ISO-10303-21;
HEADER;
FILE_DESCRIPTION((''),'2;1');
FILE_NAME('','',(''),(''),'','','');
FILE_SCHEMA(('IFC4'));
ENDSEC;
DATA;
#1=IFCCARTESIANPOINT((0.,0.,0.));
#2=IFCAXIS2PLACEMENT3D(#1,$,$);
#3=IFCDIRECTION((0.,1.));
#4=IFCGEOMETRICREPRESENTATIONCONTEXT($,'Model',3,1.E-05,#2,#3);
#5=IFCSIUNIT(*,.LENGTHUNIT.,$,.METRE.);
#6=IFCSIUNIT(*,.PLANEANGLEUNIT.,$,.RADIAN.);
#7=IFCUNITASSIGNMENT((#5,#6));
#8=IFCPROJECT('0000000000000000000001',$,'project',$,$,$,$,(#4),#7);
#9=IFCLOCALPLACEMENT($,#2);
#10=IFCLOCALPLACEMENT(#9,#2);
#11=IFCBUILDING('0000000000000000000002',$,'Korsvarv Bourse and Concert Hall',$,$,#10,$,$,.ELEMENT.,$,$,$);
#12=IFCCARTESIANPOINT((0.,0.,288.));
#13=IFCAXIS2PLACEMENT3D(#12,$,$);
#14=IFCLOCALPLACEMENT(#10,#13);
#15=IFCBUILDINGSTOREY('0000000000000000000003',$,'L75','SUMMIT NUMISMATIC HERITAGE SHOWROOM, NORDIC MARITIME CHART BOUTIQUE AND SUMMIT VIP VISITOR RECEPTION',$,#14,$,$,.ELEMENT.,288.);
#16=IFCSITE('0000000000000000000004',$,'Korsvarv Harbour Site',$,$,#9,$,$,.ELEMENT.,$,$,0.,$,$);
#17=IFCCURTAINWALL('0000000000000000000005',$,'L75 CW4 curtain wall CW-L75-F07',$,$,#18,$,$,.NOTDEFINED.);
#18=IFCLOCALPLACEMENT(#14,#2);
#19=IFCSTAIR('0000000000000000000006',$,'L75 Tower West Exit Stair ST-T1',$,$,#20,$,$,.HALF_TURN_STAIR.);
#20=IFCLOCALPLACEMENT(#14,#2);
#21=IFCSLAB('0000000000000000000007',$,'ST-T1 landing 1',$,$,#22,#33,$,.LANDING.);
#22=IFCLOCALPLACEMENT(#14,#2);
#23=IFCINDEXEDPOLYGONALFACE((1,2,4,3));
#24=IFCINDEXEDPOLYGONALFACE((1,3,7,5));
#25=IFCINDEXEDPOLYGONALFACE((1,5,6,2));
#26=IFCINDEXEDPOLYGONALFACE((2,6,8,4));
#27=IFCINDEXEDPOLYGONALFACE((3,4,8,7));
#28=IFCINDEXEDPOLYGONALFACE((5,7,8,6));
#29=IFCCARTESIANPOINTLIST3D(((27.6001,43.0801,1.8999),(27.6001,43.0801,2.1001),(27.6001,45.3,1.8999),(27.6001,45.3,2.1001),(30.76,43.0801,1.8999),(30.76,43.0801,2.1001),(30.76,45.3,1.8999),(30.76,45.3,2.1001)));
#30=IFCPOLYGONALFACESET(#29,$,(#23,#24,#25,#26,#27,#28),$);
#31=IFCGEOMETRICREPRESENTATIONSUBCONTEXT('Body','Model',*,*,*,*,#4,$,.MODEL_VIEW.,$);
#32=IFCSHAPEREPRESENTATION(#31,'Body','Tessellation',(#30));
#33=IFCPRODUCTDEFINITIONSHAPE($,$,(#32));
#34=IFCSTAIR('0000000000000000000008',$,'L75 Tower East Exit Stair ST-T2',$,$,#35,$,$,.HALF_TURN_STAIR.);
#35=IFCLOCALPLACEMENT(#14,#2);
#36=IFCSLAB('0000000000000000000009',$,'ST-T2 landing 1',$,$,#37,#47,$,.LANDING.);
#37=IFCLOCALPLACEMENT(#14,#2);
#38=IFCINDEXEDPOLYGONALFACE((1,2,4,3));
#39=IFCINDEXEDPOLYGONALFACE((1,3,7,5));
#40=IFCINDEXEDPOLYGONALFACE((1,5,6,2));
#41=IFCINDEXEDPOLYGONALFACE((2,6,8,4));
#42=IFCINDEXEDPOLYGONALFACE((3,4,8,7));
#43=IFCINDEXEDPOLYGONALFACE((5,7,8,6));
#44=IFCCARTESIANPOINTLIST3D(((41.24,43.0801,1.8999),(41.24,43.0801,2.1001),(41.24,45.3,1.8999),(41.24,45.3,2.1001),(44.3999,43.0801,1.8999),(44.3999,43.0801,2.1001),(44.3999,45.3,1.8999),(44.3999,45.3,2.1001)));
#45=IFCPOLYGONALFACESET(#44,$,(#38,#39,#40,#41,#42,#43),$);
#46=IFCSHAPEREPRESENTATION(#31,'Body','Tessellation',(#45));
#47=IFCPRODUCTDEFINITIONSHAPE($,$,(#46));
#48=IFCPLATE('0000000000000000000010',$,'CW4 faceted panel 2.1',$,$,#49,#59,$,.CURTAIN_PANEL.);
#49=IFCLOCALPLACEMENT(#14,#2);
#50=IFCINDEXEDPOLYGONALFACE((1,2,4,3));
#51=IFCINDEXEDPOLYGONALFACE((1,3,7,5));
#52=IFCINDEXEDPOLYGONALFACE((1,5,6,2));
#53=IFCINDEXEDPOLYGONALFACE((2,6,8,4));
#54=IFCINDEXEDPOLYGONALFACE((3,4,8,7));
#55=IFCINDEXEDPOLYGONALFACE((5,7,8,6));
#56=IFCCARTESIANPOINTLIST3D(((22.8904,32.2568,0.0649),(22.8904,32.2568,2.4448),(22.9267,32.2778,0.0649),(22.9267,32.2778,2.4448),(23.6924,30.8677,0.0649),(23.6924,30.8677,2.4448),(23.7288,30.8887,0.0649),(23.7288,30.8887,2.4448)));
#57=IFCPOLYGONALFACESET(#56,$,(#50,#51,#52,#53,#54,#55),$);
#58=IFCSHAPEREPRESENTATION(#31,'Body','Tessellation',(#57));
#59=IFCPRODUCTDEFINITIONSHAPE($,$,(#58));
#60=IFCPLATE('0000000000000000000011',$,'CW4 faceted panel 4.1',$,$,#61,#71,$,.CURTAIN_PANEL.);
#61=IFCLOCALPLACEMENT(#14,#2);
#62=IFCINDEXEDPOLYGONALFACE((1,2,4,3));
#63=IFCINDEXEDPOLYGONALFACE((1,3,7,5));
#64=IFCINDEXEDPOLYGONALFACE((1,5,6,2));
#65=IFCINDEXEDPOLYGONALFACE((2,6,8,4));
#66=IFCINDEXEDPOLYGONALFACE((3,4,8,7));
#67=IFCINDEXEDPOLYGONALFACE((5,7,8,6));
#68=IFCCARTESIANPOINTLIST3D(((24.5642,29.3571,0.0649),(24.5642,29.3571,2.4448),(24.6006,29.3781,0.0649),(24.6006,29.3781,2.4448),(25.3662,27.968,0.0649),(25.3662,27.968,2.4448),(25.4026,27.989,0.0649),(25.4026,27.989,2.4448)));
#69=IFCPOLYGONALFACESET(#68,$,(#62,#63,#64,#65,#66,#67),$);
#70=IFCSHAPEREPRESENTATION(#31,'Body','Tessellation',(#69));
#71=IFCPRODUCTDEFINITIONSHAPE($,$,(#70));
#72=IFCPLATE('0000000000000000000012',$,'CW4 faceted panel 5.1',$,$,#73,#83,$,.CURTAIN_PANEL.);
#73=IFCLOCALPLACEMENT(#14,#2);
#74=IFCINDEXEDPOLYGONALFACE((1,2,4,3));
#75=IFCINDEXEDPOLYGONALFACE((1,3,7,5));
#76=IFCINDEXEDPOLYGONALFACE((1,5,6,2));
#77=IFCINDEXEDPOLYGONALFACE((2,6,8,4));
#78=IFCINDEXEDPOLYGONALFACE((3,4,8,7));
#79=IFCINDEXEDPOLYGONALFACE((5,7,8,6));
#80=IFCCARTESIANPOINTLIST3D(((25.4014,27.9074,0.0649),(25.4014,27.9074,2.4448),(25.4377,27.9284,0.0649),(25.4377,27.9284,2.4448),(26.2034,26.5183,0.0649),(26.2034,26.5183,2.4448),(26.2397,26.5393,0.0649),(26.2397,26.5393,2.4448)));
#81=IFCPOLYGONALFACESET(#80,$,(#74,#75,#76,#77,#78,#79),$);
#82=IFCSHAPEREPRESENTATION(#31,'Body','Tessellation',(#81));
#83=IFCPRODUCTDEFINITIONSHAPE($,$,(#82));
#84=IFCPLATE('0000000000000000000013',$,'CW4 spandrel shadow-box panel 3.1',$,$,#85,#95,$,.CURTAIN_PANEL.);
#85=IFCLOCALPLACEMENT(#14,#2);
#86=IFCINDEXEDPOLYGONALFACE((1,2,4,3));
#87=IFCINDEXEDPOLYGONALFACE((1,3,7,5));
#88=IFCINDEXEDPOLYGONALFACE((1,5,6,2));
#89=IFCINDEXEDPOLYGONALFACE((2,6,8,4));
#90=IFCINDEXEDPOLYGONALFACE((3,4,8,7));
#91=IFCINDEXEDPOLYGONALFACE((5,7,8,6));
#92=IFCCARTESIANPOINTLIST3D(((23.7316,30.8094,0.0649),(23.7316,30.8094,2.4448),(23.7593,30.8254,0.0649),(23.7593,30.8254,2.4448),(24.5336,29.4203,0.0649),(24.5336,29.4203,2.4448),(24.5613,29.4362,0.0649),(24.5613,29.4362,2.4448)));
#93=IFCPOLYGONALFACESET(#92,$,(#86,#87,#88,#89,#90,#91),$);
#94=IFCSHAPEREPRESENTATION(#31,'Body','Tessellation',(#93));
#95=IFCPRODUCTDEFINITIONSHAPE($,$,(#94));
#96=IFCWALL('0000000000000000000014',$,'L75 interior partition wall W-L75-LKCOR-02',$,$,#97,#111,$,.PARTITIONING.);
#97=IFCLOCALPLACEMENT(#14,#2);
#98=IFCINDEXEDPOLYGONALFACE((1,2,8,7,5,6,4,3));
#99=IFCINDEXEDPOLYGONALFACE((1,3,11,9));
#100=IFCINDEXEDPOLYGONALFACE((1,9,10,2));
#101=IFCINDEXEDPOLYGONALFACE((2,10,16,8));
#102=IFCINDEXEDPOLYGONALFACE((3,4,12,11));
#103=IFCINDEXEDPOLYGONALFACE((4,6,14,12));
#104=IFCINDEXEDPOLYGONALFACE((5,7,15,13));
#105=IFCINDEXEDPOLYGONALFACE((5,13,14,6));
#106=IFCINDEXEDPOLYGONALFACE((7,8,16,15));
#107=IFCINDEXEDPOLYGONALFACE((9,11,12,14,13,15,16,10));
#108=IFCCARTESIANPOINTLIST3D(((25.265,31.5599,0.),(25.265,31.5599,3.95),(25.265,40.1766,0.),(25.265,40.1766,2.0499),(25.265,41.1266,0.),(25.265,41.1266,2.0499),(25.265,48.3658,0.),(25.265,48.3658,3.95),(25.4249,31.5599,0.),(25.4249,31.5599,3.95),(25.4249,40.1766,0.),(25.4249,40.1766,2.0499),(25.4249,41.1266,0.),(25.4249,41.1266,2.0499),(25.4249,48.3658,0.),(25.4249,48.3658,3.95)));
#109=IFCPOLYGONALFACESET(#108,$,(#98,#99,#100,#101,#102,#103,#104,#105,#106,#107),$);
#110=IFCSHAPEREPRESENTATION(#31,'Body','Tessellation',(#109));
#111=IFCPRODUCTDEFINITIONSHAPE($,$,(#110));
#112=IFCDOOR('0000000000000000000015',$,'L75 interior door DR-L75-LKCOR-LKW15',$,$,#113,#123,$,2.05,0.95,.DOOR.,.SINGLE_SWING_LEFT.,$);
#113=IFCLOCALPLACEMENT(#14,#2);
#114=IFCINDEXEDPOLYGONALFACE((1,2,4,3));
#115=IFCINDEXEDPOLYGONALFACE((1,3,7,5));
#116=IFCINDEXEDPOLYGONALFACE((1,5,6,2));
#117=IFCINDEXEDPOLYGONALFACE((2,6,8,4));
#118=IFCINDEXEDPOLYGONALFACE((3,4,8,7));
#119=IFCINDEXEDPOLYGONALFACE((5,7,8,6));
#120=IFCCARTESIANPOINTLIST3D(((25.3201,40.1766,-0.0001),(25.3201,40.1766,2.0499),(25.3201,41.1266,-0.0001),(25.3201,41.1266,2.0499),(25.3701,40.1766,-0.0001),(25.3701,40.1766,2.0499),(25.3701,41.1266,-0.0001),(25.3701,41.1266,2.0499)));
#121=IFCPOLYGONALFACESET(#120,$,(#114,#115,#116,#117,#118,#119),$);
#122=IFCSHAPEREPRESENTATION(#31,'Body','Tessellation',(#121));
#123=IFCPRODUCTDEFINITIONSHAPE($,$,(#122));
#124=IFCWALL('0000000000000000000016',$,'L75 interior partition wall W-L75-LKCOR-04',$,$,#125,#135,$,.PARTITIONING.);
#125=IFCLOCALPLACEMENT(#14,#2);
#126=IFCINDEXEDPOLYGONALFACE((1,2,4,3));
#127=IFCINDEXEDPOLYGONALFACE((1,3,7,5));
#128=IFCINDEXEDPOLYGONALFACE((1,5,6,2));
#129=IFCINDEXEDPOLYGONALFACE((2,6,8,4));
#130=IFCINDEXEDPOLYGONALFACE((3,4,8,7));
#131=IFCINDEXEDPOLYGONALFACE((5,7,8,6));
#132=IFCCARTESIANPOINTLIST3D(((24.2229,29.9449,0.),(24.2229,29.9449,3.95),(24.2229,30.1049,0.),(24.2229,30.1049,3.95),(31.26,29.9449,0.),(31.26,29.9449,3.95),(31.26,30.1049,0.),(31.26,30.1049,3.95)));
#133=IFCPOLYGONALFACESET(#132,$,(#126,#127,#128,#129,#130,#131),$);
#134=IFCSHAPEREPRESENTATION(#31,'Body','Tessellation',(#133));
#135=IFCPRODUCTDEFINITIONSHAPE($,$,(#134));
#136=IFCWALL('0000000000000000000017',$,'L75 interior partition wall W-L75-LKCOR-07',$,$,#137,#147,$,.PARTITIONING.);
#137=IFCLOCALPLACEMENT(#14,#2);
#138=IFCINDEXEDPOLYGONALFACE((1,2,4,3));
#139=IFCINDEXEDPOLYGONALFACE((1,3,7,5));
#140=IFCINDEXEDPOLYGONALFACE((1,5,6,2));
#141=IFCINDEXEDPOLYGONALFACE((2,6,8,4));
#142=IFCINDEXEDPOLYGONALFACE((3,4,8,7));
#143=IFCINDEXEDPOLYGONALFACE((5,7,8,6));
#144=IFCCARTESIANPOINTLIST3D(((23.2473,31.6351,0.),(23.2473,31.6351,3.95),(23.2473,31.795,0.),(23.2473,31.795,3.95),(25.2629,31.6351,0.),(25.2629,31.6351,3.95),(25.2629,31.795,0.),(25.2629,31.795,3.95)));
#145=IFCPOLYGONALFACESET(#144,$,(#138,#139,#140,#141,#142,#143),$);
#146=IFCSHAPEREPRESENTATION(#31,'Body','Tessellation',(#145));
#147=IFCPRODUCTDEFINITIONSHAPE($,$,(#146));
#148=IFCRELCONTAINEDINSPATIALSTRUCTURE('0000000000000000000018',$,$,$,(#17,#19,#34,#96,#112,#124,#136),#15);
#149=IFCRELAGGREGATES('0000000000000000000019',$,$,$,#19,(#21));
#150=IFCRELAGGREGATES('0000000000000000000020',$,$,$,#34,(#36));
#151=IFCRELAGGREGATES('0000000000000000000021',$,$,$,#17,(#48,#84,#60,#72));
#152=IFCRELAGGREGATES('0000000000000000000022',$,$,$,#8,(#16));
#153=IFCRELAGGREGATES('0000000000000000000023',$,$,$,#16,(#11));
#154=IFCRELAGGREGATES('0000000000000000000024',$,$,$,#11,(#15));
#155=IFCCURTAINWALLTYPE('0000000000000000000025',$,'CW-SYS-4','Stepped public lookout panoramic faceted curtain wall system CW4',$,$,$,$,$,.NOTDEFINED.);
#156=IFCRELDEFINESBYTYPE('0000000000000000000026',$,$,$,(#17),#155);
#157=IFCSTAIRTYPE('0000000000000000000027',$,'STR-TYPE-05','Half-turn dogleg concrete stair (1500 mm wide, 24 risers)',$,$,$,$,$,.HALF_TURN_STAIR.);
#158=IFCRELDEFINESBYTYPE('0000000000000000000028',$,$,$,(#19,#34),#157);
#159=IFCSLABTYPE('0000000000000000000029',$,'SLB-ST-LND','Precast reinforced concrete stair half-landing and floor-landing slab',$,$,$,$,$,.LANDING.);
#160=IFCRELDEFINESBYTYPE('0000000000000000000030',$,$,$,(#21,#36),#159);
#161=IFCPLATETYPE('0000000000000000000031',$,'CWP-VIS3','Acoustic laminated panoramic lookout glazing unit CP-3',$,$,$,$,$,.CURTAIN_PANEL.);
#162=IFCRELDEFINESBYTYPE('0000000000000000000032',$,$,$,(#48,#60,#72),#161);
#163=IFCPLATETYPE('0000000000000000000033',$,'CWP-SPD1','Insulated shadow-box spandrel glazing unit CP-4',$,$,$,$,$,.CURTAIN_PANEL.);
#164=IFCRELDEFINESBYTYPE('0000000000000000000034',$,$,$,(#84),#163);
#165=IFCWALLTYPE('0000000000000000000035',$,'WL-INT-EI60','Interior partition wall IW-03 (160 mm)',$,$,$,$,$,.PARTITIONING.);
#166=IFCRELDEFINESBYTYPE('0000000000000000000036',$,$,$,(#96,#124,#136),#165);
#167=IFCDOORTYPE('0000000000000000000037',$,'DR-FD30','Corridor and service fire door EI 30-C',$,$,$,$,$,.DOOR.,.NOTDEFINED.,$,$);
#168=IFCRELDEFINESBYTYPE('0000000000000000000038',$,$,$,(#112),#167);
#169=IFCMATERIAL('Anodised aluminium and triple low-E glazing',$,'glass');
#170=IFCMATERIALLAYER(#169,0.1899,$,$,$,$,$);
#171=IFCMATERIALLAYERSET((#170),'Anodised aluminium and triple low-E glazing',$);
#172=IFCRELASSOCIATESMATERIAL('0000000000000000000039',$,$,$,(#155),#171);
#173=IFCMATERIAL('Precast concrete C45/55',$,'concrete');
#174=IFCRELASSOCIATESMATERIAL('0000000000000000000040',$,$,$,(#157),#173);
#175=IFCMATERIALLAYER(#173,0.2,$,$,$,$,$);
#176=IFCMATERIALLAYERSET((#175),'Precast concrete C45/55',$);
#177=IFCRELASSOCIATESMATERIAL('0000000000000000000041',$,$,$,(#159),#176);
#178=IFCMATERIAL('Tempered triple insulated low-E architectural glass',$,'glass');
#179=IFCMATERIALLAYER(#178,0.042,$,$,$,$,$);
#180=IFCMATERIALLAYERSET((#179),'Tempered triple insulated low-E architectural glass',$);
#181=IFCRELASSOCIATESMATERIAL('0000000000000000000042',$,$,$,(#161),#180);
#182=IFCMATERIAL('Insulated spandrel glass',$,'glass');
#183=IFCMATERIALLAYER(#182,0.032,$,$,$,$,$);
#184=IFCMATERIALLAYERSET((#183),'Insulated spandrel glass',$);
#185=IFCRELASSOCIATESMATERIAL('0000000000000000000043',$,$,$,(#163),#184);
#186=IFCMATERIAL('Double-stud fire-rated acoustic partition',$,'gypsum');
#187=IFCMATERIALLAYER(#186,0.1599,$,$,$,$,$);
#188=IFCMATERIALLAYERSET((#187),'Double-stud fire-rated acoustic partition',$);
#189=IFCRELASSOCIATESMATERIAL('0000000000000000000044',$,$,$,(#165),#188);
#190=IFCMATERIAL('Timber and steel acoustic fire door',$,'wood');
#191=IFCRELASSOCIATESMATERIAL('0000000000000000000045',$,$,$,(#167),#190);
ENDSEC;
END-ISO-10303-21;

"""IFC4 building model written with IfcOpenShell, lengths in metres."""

from ifc_helpers import new_model, si_unit, direction, frame, frame_2d, origin, origin_2d, place, context, subcontext, project, spatial, polyline, rectangle, outline, extrude, source, transform, mapped, material, layer, layer_set, type_object, element, fill, aggregate, save


model = new_model("IFC4")

# Units and contexts
model_context = context("Model", 3, precision=1e-05, world=origin(), true_north=direction((0.0, 1.0)))
body_context = subcontext(model_context, "Body", "Model", "MODEL_VIEW")
ifc_project = project(units=[si_unit("LENGTHUNIT", "METRE"), si_unit("PLANEANGLEUNIT", "RADIAN")], contexts=[model_context])

# Site, building, storey
site_placement = place(None, origin())
site = spatial("IfcSite", under=ifc_project, at=site_placement, Name="Korsvarv Harbour Site", CompositionType="ELEMENT", RefElevation=0.0)
building_placement = place(site_placement, origin())
building = spatial("IfcBuilding", under=site, at=building_placement, Name="Korsvarv Bourse and Concert Hall", CompositionType="ELEMENT")
storey_placement = place(building_placement, frame((0.0, 0.0, 288.0)))
storey = spatial("IfcBuildingStorey", under=building, at=storey_placement, Name="L75", Description="SUMMIT NUMISMATIC HERITAGE SHOWROOM, NORDIC MARITIME CHART BOUTIQUE AND SUMMIT VIP VISITOR RECEPTION", CompositionType="ELEMENT", Elevation=288.0)

# Curtain wall
ifc_material_1 = material(Name="Anodised aluminium and triple low-E glazing", Category="glass")
ifc_layer_1 = layer(ifc_material_1, 0.1899)
ifc_layer_set_1 = layer_set([ifc_layer_1], Name="Anodised aluminium and triple low-E glazing")
curtain_wall_type = type_object("IfcCurtainWallType", Name="CW-SYS-4", Description="Stepped public lookout panoramic faceted curtain wall system CW4", PredefinedType="NOTDEFINED", material=ifc_layer_set_1)
curtain_wall_placement = place(storey_placement, origin())
curtain_wall = element("IfcCurtainWall", 1, at=curtain_wall_placement, inside=storey, type_object=curtain_wall_type, Name="L75 CW4 curtain wall CW-L75-F07", PredefinedType="NOTDEFINED")

# Shared definitions
ifc_material_2 = material(Name="Precast concrete C45/55", Category="concrete")

# Stairs, slabs
stair_type = type_object("IfcStairType", Name="STR-TYPE-05", Description="Half-turn dogleg concrete stair (1500 mm wide, 24 risers)", PredefinedType="HALF_TURN_STAIR", material=ifc_material_2)
stair_1_placement = place(storey_placement, origin())
stair_1 = element("IfcStair", 2, at=stair_1_placement, inside=storey, type_object=stair_type, Name="L75 Tower West Exit Stair ST-T1", PredefinedType="HALF_TURN_STAIR")
ifc_layer_2 = layer(ifc_material_2, 0.2)
ifc_layer_set_2 = layer_set([ifc_layer_2], Name="Precast concrete C45/55")
slab_type_1 = type_object("IfcSlabType", Name="SLB-ST-LND", Description="Precast reinforced concrete stair half-landing and floor-landing slab", PredefinedType="LANDING", material=ifc_layer_set_2)
slab_1_placement = place(storey_placement, frame((0.0, 0.0, 1.8999)))
slab_1 = element("IfcSlab", 3, at=slab_1_placement, type_object=slab_type_1, Name="ST-T1 landing 1", PredefinedType="LANDING", context=body_context, shape_type="SweptSolid", body=[
    extrude(outline(polyline([(30.76, 43.0801), (30.76, 45.3), (27.6001, 45.3), (27.6001, 43.0801), (30.76, 43.0801)])), origin(), (0.0, 0.0, 1.0), 0.2002),
])
aggregate(stair_1, [slab_1])
stair_2_placement = place(storey_placement, origin())
stair_2 = element("IfcStair", 4, at=stair_2_placement, inside=storey, type_object=stair_type, Name="L75 Tower East Exit Stair ST-T2", PredefinedType="HALF_TURN_STAIR")
slab_2_placement = place(storey_placement, frame((0.0, 0.0, 1.8999)))
slab_2 = element("IfcSlab", 5, at=slab_2_placement, type_object=slab_type_1, Name="ST-T2 landing 1", PredefinedType="LANDING", context=body_context, shape_type="SweptSolid", body=[
    extrude(outline(polyline([(44.3999, 43.0801), (44.3999, 45.3), (41.24, 45.3), (41.24, 43.0801), (44.3999, 43.0801)])), origin(), (0.0, 0.0, 1.0), 0.2002),
])
aggregate(stair_2, [slab_2])

# Plates
ifc_material_3 = material(Name="Tempered triple insulated low-E architectural glass", Category="glass")
ifc_layer_3 = layer(ifc_material_3, 0.042)
ifc_layer_set_3 = layer_set([ifc_layer_3], Name="Tempered triple insulated low-E architectural glass")
plate_type_1 = type_object("IfcPlateType", Name="CWP-VIS3", Description="Acoustic laminated panoramic lookout glazing unit CP-3", PredefinedType="CURTAIN_PANEL", material=ifc_layer_set_3)
shared_shape_1 = source(origin(), body_context, "Body", "SweptSolid", [
    extrude(rectangle(XDim=1.604, YDim=0.042, at=origin_2d()), origin(), (0.0, 0.0, 1.0), 2.3799),
])
plate_1_placement = place(storey_placement, frame((23.3096, 31.5728, 0.0649), z_axis=(0.0, 0.0, 1.0), x_axis=(0.500005, -0.866023, 0.0)))
plate_1 = element("IfcPlate", 6, at=plate_1_placement, type_object=plate_type_1, Name="CW4 faceted panel 2.1", PredefinedType="CURTAIN_PANEL", context=body_context, shape_type="MappedRepresentation", body=[
    mapped(shared_shape_1, transform((0.0, 0.0, 0.0), scale=1.0)),
])
plate_2_placement = place(storey_placement, frame((24.9834, 28.6731, 0.0649), z_axis=(0.0, 0.0, 1.0), x_axis=(0.500005, -0.866023, 0.0)))
plate_2 = element("IfcPlate", 7, at=plate_2_placement, type_object=plate_type_1, Name="CW4 faceted panel 4.1", PredefinedType="CURTAIN_PANEL", context=body_context, shape_type="MappedRepresentation", body=[
    mapped(shared_shape_1, transform((0.0, 0.0, 0.0), scale=1.0)),
])
plate_3_placement = place(storey_placement, frame((25.8206, 27.2234, 0.0649), z_axis=(0.0, 0.0, 1.0), x_axis=(0.500005, -0.866023, 0.0)))
plate_3 = element("IfcPlate", 8, at=plate_3_placement, type_object=plate_type_1, Name="CW4 faceted panel 5.1", PredefinedType="CURTAIN_PANEL", context=body_context, shape_type="MappedRepresentation", body=[
    mapped(shared_shape_1, transform((0.0, 0.0, 0.0), scale=1.0)),
])
ifc_material_4 = material(Name="Insulated spandrel glass", Category="glass")
ifc_layer_4 = layer(ifc_material_4, 0.032)
ifc_layer_set_4 = layer_set([ifc_layer_4], Name="Insulated spandrel glass")
plate_type_2 = type_object("IfcPlateType", Name="CWP-SPD1", Description="Insulated shadow-box spandrel glazing unit CP-4", PredefinedType="CURTAIN_PANEL", material=ifc_layer_set_4)
shared_shape_2 = source(origin(), body_context, "Body", "SweptSolid", [
    extrude(rectangle(XDim=1.604, YDim=0.032, at=origin_2d()), origin(), (0.0, 0.0, 1.0), 2.3799),
])
plate_4_placement = place(storey_placement, frame((24.1465, 30.1228, 0.0649), z_axis=(0.0, 0.0, 1.0), x_axis=(0.500005, -0.866023, 0.0)))
plate_4 = element("IfcPlate", 9, at=plate_4_placement, type_object=plate_type_2, Name="CW4 spandrel shadow-box panel 3.1", PredefinedType="CURTAIN_PANEL", context=body_context, shape_type="MappedRepresentation", body=[
    mapped(shared_shape_2, transform((0.0, 0.0, 0.0), scale=1.0)),
])
aggregate(curtain_wall, [plate_1, plate_4, plate_2, plate_3])

# Wall, opening, door
ifc_material_5 = material(Name="Double-stud fire-rated acoustic partition", Category="gypsum")
ifc_layer_5 = layer(ifc_material_5, 0.1599)
ifc_layer_set_5 = layer_set([ifc_layer_5], Name="Double-stud fire-rated acoustic partition")
wall_type = type_object("IfcWallType", Name="WL-INT-EI60", Description="Interior partition wall IW-03 (160 mm)", PredefinedType="PARTITIONING", material=ifc_layer_set_5)
wall_1_placement = place(storey_placement, frame((25.345, 31.5601, 0.0), z_axis=(0.0, 0.0, 1.0), x_axis=(0.0, 1.0, 0.0)))
wall_1 = element("IfcWall", 10, at=wall_1_placement, inside=storey, type_object=wall_type, Name="L75 interior partition wall W-L75-LKCOR-02", PredefinedType="PARTITIONING", context=body_context, shape_type="SweptSolid", body=[
    extrude(rectangle(XDim=16.8059, YDim=0.1599, at=frame_2d((8.4028, 0.0))), origin(), (0.0, 0.0, 1.0), 3.95),
])
opening_placement = place(wall_1_placement, frame((8.6165, 0.0, 0.0)))
opening = element("IfcOpeningElement", 11, at=opening_placement, cuts=wall_1, PredefinedType="OPENING", context=body_context, shape_type="SweptSolid", body=[
    extrude(rectangle(XDim=0.95, YDim=2.05, at=frame_2d((0.4751, 1.0249))), frame((0.0, 0.0898, 0.0), z_axis=(0.0, -1.0, 0.0), x_axis=(1.0, 0.0, 0.0)), (0.0, 0.0, 1.0), 0.1799),
])
ifc_material_6 = material(Name="Timber and steel acoustic fire door", Category="wood")
door_type = type_object("IfcDoorType", Name="DR-FD30", Description="Corridor and service fire door EI 30-C", OperationType="NOTDEFINED", PredefinedType="DOOR", material=ifc_material_6)
door_placement = place(opening_placement, origin())
door = element("IfcDoor", 12, at=door_placement, inside=storey, type_object=door_type, Name="L75 interior door DR-L75-LKCOR-LKW15", OperationType="SINGLE_SWING_LEFT", OverallHeight=2.05, OverallWidth=0.95, PredefinedType="DOOR", context=body_context, shape_type="SweptSolid", body=[
    extrude(rectangle(XDim=0.95, YDim=2.05, at=frame_2d((0.4751, 1.0249))), frame((0.0, 0.0249, 0.0), z_axis=(0.0, -1.0, 0.0), x_axis=(1.0, 0.0, 0.0)), (0.0, 0.0, 1.0), 0.05),
])
fill(opening, door)

# Walls
wall_2_placement = place(storey_placement, frame((24.2229, 30.0249, 0.0), z_axis=(0.0, 0.0, 1.0), x_axis=(1.0, 0.0, 0.0)))
element("IfcWall", 13, at=wall_2_placement, inside=storey, type_object=wall_type, Name="L75 interior partition wall W-L75-LKCOR-04", PredefinedType="PARTITIONING", context=body_context, shape_type="SweptSolid", body=[
    extrude(rectangle(XDim=7.0371, YDim=0.1599, at=frame_2d((3.5186, 0.0))), origin(), (0.0, 0.0, 1.0), 3.95),
])
wall_3_placement = place(storey_placement, frame((23.2473, 31.7151, 0.0), z_axis=(0.0, 0.0, 1.0), x_axis=(1.0, 0.0, 0.0)))
element("IfcWall", 14, at=wall_3_placement, inside=storey, type_object=wall_type, Name="L75 interior partition wall W-L75-LKCOR-07", PredefinedType="PARTITIONING", context=body_context, shape_type="SweptSolid", body=[
    extrude(rectangle(XDim=2.0156, YDim=0.1599, at=frame_2d((1.0078, 0.0))), origin(), (0.0, 0.0, 1.0), 3.95),
])

save(model, "model.ifc")
